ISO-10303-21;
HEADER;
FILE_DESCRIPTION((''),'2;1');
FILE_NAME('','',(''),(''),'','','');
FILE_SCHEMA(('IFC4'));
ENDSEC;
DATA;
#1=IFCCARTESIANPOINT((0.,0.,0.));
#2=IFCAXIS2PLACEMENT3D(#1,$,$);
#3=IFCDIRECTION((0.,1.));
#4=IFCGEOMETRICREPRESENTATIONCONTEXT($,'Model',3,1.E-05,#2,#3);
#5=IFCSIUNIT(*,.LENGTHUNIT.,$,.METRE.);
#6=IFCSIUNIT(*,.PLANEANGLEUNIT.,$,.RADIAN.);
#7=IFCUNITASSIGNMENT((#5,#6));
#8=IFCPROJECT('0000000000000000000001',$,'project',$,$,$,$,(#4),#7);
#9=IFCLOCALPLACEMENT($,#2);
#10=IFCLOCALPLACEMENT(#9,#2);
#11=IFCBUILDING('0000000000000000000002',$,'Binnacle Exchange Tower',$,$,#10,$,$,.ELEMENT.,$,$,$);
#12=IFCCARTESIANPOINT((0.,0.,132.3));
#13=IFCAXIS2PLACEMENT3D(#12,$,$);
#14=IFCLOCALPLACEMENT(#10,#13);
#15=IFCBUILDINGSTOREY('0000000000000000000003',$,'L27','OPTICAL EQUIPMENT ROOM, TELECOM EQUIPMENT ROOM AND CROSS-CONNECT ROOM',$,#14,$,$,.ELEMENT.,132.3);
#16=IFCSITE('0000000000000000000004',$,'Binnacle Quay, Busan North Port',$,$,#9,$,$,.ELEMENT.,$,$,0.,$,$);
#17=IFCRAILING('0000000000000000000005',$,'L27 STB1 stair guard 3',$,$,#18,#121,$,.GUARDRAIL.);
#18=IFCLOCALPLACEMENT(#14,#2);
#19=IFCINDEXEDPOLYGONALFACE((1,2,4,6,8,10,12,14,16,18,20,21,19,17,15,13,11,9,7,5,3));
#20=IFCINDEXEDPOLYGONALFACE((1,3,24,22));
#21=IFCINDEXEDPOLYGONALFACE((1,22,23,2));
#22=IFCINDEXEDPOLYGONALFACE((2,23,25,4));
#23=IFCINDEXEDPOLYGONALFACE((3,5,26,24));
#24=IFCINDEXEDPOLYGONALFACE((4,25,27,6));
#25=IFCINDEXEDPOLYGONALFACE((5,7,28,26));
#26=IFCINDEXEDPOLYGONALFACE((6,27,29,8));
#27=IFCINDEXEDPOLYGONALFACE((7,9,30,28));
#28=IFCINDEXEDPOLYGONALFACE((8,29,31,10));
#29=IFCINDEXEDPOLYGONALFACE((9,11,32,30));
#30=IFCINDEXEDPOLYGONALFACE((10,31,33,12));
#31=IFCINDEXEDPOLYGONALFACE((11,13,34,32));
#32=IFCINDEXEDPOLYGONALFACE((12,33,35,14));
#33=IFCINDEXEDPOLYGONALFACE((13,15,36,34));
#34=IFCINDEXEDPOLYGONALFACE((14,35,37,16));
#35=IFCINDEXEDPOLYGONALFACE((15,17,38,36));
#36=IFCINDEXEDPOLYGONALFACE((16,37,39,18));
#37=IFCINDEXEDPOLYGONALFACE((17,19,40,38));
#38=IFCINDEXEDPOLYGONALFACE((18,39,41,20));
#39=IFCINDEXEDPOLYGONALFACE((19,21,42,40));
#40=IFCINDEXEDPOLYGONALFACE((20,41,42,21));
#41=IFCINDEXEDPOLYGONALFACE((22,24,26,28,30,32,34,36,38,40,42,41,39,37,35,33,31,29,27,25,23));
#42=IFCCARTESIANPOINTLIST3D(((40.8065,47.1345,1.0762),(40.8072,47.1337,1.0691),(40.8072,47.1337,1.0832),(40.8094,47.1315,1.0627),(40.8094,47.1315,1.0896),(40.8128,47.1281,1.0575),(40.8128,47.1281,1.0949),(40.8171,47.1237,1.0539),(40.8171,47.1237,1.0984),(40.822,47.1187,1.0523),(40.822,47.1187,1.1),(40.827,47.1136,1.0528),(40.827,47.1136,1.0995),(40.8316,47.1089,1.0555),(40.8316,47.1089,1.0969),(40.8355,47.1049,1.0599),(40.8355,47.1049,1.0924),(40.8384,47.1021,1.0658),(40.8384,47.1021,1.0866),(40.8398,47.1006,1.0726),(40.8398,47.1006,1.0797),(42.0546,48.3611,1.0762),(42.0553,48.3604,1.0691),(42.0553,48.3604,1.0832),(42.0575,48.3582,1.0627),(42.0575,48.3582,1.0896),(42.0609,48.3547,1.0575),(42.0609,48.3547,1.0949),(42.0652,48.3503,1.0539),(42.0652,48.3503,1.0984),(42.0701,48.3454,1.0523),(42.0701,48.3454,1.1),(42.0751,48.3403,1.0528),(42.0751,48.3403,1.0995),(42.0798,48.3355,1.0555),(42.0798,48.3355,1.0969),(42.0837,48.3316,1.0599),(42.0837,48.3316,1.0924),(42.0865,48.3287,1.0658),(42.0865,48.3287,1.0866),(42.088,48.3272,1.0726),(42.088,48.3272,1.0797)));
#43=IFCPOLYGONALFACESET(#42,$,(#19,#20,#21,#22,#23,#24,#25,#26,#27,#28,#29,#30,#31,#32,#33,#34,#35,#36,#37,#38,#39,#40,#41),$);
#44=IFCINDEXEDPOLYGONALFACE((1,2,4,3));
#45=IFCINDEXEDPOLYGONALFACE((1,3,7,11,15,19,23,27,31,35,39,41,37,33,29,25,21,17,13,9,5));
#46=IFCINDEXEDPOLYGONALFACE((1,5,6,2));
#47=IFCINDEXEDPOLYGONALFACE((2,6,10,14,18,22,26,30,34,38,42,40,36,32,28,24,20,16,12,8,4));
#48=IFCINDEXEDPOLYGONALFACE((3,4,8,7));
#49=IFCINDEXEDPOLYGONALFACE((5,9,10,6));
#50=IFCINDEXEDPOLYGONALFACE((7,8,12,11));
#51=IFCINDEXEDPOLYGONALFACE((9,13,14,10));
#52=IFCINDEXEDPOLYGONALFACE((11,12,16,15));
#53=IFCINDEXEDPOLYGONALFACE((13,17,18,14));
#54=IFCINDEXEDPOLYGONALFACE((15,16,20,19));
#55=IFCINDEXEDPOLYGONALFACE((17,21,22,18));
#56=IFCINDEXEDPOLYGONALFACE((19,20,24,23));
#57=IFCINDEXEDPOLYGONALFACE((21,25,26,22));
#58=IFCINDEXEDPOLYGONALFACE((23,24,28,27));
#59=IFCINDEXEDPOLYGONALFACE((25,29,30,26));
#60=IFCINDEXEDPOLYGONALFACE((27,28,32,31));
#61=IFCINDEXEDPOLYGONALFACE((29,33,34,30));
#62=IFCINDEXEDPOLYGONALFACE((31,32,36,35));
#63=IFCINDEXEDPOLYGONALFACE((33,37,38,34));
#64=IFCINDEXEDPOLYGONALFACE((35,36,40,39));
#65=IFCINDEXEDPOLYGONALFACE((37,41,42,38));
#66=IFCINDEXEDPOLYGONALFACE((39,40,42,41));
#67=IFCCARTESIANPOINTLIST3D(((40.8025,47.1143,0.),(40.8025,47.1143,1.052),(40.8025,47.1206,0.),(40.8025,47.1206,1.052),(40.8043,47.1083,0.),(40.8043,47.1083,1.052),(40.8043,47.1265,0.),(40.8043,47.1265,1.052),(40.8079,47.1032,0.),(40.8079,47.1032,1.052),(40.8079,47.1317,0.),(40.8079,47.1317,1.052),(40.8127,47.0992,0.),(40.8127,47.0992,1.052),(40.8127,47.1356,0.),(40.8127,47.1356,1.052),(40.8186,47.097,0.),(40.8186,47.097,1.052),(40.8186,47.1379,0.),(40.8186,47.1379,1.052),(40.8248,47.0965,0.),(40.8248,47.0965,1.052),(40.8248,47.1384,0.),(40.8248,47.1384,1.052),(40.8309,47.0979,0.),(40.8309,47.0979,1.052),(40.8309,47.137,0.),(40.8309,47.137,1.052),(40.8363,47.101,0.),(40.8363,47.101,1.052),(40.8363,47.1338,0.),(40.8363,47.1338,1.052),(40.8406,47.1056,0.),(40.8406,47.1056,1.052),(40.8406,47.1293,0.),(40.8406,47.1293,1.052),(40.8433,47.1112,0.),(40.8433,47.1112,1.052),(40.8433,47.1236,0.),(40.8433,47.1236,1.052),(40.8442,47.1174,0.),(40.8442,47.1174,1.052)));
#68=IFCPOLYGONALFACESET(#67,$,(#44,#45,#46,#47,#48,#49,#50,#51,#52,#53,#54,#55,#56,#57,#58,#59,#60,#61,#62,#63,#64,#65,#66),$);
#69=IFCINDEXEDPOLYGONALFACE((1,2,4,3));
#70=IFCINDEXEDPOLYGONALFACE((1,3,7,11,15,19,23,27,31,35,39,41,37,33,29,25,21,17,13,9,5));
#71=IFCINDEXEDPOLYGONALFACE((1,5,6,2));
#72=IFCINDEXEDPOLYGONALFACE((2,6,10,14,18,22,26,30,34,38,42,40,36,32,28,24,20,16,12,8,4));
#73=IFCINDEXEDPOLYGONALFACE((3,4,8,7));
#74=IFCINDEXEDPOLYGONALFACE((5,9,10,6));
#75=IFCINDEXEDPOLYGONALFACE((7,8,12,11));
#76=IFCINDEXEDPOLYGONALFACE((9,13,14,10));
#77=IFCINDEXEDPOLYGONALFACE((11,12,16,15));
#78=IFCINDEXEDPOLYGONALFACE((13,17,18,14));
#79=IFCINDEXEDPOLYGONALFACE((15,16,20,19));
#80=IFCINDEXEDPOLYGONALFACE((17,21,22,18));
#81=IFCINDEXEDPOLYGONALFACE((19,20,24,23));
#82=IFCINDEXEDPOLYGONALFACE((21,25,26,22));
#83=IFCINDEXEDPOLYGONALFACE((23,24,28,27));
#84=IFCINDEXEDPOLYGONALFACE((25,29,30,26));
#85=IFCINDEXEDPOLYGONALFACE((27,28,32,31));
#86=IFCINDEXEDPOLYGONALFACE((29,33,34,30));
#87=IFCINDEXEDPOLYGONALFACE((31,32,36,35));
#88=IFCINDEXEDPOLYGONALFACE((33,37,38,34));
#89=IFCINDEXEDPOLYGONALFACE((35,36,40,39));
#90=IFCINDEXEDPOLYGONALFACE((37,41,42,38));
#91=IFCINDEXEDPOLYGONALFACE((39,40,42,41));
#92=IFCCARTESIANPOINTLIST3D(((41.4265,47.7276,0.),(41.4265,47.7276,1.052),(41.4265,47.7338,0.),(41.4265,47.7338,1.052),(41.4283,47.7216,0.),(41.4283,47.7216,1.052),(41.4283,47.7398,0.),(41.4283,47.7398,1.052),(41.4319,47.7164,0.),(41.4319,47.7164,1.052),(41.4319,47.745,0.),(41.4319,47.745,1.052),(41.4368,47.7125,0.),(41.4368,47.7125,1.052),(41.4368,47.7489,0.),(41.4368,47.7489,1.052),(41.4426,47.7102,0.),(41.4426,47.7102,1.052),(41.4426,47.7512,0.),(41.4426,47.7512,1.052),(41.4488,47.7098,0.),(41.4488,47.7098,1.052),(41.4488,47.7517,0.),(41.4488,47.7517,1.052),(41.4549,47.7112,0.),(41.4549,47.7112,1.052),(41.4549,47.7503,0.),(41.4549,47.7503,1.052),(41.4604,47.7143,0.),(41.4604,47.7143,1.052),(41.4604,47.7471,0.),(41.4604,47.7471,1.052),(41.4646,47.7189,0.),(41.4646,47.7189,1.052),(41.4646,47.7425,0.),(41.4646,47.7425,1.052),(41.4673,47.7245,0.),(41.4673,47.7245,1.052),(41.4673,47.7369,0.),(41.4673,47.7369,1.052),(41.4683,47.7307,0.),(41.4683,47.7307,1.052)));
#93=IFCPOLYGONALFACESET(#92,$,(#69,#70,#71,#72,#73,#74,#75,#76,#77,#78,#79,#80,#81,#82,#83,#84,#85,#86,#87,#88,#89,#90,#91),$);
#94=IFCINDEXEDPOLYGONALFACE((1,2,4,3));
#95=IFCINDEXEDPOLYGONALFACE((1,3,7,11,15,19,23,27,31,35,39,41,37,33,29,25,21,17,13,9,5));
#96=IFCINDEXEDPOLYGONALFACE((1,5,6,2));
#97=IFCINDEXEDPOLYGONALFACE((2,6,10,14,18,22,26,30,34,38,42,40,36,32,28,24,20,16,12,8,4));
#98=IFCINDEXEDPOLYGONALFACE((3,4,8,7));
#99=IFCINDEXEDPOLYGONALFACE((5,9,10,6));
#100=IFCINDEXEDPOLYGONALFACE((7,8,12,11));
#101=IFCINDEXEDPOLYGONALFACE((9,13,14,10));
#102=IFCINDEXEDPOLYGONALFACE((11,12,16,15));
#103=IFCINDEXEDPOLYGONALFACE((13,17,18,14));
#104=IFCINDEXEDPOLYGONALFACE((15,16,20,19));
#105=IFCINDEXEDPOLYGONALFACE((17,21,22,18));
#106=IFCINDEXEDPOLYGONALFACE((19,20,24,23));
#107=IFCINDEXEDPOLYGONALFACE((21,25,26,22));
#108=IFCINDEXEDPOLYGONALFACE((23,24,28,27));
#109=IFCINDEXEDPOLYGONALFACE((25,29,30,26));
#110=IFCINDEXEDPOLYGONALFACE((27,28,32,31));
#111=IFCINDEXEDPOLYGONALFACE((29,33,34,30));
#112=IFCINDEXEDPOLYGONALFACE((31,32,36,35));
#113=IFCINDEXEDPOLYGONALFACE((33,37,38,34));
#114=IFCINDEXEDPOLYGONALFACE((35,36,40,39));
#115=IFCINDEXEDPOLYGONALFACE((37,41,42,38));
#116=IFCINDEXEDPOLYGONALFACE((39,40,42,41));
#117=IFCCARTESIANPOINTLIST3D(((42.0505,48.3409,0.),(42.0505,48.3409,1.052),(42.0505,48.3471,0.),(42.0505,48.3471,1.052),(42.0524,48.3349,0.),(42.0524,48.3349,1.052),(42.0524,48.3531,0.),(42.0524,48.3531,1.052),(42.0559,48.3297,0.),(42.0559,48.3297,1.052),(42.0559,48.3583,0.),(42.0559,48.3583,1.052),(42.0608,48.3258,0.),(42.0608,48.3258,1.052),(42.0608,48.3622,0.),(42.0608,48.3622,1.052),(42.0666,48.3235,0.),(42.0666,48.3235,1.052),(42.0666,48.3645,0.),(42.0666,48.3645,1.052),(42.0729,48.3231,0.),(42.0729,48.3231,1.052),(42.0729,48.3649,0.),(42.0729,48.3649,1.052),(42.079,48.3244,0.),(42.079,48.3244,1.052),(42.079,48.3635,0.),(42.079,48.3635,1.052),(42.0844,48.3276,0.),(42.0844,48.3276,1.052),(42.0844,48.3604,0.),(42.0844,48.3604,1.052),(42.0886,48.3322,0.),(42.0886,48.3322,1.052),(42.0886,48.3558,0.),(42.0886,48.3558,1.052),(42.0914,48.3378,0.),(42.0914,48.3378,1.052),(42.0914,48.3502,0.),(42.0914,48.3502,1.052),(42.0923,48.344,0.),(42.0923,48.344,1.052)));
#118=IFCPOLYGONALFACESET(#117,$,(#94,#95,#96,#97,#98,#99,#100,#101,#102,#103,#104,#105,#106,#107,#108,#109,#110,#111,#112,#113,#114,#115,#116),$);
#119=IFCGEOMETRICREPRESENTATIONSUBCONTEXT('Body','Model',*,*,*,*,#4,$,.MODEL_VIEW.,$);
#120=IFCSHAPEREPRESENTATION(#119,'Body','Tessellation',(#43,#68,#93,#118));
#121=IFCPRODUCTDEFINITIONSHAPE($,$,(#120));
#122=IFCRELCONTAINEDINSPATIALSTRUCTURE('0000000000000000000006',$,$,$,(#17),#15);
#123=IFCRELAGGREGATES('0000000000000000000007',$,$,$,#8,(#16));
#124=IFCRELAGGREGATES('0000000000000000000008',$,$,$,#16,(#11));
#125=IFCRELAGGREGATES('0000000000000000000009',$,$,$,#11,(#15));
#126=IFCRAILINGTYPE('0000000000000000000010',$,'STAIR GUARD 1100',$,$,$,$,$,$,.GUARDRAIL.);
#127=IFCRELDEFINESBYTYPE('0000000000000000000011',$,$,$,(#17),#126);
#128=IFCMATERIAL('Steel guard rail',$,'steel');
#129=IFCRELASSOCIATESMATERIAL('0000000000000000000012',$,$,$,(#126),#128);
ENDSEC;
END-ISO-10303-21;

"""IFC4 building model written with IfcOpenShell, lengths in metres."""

from ifc_helpers import new_model, si_unit, direction, frame, origin, origin_2d, place, context, subcontext, project, spatial, circle, extrude, material, type_object, element, save


model = new_model("IFC4")

# Units and contexts
model_context = context("Model", 3, precision=1e-05, world=origin(), true_north=direction((0.0, 1.0)))
body_context = subcontext(model_context, "Body", "Model", "MODEL_VIEW")
ifc_project = project(units=[si_unit("LENGTHUNIT", "METRE"), si_unit("PLANEANGLEUNIT", "RADIAN")], contexts=[model_context])

# Site, building, storey
site_placement = place(None, origin())
site = spatial("IfcSite", under=ifc_project, at=site_placement, Name="Binnacle Quay, Busan North Port", CompositionType="ELEMENT", RefElevation=0.0)
building_placement = place(site_placement, origin())
building = spatial("IfcBuilding", under=site, at=building_placement, Name="Binnacle Exchange Tower", CompositionType="ELEMENT")
storey_placement = place(building_placement, frame((0.0, 0.0, 132.3)))
storey = spatial("IfcBuildingStorey", under=building, at=storey_placement, Name="L27", Description="OPTICAL EQUIPMENT ROOM, TELECOM EQUIPMENT ROOM AND CROSS-CONNECT ROOM", CompositionType="ELEMENT", Elevation=132.3)

# Railing
ifc_material_1 = material(Name="Steel guard rail", Category="steel")
railing_type_1 = type_object("IfcRailingType", Name="STAIR GUARD 1100", PredefinedType="GUARDRAIL", material=ifc_material_1)
railing_1_placement = place(storey_placement, frame((40.8232, 47.1174, 0.0)))
element("IfcRailing", 1, at=railing_1_placement, inside=storey, type_object=railing_type_1, Name="L27 STB1 stair guard 3", PredefinedType="GUARDRAIL", context=body_context, shape_type="SweptSolid", body=[
    extrude(circle(Radius=0.0239, at=origin_2d()), frame((0.0, 0.0, 1.0762), z_axis=(0.713219, 0.700941, 0.0), x_axis=(-0.700941, 0.713219, 0.0)), (0.0, 0.0, 1.0), 1.75),
    extrude(circle(Radius=0.021, at=origin_2d()), origin(), (0.0, 0.0, 1.0), 1.052),
    extrude(circle(Radius=0.021, at=origin_2d()), frame((0.624, 0.6133, 0.0)), (0.0, 0.0, 1.0), 1.052),
    extrude(circle(Radius=0.021, at=origin_2d()), frame((1.248, 1.2266, 0.0)), (0.0, 0.0, 1.0), 1.052),
])

save(model, "model.ifc")
